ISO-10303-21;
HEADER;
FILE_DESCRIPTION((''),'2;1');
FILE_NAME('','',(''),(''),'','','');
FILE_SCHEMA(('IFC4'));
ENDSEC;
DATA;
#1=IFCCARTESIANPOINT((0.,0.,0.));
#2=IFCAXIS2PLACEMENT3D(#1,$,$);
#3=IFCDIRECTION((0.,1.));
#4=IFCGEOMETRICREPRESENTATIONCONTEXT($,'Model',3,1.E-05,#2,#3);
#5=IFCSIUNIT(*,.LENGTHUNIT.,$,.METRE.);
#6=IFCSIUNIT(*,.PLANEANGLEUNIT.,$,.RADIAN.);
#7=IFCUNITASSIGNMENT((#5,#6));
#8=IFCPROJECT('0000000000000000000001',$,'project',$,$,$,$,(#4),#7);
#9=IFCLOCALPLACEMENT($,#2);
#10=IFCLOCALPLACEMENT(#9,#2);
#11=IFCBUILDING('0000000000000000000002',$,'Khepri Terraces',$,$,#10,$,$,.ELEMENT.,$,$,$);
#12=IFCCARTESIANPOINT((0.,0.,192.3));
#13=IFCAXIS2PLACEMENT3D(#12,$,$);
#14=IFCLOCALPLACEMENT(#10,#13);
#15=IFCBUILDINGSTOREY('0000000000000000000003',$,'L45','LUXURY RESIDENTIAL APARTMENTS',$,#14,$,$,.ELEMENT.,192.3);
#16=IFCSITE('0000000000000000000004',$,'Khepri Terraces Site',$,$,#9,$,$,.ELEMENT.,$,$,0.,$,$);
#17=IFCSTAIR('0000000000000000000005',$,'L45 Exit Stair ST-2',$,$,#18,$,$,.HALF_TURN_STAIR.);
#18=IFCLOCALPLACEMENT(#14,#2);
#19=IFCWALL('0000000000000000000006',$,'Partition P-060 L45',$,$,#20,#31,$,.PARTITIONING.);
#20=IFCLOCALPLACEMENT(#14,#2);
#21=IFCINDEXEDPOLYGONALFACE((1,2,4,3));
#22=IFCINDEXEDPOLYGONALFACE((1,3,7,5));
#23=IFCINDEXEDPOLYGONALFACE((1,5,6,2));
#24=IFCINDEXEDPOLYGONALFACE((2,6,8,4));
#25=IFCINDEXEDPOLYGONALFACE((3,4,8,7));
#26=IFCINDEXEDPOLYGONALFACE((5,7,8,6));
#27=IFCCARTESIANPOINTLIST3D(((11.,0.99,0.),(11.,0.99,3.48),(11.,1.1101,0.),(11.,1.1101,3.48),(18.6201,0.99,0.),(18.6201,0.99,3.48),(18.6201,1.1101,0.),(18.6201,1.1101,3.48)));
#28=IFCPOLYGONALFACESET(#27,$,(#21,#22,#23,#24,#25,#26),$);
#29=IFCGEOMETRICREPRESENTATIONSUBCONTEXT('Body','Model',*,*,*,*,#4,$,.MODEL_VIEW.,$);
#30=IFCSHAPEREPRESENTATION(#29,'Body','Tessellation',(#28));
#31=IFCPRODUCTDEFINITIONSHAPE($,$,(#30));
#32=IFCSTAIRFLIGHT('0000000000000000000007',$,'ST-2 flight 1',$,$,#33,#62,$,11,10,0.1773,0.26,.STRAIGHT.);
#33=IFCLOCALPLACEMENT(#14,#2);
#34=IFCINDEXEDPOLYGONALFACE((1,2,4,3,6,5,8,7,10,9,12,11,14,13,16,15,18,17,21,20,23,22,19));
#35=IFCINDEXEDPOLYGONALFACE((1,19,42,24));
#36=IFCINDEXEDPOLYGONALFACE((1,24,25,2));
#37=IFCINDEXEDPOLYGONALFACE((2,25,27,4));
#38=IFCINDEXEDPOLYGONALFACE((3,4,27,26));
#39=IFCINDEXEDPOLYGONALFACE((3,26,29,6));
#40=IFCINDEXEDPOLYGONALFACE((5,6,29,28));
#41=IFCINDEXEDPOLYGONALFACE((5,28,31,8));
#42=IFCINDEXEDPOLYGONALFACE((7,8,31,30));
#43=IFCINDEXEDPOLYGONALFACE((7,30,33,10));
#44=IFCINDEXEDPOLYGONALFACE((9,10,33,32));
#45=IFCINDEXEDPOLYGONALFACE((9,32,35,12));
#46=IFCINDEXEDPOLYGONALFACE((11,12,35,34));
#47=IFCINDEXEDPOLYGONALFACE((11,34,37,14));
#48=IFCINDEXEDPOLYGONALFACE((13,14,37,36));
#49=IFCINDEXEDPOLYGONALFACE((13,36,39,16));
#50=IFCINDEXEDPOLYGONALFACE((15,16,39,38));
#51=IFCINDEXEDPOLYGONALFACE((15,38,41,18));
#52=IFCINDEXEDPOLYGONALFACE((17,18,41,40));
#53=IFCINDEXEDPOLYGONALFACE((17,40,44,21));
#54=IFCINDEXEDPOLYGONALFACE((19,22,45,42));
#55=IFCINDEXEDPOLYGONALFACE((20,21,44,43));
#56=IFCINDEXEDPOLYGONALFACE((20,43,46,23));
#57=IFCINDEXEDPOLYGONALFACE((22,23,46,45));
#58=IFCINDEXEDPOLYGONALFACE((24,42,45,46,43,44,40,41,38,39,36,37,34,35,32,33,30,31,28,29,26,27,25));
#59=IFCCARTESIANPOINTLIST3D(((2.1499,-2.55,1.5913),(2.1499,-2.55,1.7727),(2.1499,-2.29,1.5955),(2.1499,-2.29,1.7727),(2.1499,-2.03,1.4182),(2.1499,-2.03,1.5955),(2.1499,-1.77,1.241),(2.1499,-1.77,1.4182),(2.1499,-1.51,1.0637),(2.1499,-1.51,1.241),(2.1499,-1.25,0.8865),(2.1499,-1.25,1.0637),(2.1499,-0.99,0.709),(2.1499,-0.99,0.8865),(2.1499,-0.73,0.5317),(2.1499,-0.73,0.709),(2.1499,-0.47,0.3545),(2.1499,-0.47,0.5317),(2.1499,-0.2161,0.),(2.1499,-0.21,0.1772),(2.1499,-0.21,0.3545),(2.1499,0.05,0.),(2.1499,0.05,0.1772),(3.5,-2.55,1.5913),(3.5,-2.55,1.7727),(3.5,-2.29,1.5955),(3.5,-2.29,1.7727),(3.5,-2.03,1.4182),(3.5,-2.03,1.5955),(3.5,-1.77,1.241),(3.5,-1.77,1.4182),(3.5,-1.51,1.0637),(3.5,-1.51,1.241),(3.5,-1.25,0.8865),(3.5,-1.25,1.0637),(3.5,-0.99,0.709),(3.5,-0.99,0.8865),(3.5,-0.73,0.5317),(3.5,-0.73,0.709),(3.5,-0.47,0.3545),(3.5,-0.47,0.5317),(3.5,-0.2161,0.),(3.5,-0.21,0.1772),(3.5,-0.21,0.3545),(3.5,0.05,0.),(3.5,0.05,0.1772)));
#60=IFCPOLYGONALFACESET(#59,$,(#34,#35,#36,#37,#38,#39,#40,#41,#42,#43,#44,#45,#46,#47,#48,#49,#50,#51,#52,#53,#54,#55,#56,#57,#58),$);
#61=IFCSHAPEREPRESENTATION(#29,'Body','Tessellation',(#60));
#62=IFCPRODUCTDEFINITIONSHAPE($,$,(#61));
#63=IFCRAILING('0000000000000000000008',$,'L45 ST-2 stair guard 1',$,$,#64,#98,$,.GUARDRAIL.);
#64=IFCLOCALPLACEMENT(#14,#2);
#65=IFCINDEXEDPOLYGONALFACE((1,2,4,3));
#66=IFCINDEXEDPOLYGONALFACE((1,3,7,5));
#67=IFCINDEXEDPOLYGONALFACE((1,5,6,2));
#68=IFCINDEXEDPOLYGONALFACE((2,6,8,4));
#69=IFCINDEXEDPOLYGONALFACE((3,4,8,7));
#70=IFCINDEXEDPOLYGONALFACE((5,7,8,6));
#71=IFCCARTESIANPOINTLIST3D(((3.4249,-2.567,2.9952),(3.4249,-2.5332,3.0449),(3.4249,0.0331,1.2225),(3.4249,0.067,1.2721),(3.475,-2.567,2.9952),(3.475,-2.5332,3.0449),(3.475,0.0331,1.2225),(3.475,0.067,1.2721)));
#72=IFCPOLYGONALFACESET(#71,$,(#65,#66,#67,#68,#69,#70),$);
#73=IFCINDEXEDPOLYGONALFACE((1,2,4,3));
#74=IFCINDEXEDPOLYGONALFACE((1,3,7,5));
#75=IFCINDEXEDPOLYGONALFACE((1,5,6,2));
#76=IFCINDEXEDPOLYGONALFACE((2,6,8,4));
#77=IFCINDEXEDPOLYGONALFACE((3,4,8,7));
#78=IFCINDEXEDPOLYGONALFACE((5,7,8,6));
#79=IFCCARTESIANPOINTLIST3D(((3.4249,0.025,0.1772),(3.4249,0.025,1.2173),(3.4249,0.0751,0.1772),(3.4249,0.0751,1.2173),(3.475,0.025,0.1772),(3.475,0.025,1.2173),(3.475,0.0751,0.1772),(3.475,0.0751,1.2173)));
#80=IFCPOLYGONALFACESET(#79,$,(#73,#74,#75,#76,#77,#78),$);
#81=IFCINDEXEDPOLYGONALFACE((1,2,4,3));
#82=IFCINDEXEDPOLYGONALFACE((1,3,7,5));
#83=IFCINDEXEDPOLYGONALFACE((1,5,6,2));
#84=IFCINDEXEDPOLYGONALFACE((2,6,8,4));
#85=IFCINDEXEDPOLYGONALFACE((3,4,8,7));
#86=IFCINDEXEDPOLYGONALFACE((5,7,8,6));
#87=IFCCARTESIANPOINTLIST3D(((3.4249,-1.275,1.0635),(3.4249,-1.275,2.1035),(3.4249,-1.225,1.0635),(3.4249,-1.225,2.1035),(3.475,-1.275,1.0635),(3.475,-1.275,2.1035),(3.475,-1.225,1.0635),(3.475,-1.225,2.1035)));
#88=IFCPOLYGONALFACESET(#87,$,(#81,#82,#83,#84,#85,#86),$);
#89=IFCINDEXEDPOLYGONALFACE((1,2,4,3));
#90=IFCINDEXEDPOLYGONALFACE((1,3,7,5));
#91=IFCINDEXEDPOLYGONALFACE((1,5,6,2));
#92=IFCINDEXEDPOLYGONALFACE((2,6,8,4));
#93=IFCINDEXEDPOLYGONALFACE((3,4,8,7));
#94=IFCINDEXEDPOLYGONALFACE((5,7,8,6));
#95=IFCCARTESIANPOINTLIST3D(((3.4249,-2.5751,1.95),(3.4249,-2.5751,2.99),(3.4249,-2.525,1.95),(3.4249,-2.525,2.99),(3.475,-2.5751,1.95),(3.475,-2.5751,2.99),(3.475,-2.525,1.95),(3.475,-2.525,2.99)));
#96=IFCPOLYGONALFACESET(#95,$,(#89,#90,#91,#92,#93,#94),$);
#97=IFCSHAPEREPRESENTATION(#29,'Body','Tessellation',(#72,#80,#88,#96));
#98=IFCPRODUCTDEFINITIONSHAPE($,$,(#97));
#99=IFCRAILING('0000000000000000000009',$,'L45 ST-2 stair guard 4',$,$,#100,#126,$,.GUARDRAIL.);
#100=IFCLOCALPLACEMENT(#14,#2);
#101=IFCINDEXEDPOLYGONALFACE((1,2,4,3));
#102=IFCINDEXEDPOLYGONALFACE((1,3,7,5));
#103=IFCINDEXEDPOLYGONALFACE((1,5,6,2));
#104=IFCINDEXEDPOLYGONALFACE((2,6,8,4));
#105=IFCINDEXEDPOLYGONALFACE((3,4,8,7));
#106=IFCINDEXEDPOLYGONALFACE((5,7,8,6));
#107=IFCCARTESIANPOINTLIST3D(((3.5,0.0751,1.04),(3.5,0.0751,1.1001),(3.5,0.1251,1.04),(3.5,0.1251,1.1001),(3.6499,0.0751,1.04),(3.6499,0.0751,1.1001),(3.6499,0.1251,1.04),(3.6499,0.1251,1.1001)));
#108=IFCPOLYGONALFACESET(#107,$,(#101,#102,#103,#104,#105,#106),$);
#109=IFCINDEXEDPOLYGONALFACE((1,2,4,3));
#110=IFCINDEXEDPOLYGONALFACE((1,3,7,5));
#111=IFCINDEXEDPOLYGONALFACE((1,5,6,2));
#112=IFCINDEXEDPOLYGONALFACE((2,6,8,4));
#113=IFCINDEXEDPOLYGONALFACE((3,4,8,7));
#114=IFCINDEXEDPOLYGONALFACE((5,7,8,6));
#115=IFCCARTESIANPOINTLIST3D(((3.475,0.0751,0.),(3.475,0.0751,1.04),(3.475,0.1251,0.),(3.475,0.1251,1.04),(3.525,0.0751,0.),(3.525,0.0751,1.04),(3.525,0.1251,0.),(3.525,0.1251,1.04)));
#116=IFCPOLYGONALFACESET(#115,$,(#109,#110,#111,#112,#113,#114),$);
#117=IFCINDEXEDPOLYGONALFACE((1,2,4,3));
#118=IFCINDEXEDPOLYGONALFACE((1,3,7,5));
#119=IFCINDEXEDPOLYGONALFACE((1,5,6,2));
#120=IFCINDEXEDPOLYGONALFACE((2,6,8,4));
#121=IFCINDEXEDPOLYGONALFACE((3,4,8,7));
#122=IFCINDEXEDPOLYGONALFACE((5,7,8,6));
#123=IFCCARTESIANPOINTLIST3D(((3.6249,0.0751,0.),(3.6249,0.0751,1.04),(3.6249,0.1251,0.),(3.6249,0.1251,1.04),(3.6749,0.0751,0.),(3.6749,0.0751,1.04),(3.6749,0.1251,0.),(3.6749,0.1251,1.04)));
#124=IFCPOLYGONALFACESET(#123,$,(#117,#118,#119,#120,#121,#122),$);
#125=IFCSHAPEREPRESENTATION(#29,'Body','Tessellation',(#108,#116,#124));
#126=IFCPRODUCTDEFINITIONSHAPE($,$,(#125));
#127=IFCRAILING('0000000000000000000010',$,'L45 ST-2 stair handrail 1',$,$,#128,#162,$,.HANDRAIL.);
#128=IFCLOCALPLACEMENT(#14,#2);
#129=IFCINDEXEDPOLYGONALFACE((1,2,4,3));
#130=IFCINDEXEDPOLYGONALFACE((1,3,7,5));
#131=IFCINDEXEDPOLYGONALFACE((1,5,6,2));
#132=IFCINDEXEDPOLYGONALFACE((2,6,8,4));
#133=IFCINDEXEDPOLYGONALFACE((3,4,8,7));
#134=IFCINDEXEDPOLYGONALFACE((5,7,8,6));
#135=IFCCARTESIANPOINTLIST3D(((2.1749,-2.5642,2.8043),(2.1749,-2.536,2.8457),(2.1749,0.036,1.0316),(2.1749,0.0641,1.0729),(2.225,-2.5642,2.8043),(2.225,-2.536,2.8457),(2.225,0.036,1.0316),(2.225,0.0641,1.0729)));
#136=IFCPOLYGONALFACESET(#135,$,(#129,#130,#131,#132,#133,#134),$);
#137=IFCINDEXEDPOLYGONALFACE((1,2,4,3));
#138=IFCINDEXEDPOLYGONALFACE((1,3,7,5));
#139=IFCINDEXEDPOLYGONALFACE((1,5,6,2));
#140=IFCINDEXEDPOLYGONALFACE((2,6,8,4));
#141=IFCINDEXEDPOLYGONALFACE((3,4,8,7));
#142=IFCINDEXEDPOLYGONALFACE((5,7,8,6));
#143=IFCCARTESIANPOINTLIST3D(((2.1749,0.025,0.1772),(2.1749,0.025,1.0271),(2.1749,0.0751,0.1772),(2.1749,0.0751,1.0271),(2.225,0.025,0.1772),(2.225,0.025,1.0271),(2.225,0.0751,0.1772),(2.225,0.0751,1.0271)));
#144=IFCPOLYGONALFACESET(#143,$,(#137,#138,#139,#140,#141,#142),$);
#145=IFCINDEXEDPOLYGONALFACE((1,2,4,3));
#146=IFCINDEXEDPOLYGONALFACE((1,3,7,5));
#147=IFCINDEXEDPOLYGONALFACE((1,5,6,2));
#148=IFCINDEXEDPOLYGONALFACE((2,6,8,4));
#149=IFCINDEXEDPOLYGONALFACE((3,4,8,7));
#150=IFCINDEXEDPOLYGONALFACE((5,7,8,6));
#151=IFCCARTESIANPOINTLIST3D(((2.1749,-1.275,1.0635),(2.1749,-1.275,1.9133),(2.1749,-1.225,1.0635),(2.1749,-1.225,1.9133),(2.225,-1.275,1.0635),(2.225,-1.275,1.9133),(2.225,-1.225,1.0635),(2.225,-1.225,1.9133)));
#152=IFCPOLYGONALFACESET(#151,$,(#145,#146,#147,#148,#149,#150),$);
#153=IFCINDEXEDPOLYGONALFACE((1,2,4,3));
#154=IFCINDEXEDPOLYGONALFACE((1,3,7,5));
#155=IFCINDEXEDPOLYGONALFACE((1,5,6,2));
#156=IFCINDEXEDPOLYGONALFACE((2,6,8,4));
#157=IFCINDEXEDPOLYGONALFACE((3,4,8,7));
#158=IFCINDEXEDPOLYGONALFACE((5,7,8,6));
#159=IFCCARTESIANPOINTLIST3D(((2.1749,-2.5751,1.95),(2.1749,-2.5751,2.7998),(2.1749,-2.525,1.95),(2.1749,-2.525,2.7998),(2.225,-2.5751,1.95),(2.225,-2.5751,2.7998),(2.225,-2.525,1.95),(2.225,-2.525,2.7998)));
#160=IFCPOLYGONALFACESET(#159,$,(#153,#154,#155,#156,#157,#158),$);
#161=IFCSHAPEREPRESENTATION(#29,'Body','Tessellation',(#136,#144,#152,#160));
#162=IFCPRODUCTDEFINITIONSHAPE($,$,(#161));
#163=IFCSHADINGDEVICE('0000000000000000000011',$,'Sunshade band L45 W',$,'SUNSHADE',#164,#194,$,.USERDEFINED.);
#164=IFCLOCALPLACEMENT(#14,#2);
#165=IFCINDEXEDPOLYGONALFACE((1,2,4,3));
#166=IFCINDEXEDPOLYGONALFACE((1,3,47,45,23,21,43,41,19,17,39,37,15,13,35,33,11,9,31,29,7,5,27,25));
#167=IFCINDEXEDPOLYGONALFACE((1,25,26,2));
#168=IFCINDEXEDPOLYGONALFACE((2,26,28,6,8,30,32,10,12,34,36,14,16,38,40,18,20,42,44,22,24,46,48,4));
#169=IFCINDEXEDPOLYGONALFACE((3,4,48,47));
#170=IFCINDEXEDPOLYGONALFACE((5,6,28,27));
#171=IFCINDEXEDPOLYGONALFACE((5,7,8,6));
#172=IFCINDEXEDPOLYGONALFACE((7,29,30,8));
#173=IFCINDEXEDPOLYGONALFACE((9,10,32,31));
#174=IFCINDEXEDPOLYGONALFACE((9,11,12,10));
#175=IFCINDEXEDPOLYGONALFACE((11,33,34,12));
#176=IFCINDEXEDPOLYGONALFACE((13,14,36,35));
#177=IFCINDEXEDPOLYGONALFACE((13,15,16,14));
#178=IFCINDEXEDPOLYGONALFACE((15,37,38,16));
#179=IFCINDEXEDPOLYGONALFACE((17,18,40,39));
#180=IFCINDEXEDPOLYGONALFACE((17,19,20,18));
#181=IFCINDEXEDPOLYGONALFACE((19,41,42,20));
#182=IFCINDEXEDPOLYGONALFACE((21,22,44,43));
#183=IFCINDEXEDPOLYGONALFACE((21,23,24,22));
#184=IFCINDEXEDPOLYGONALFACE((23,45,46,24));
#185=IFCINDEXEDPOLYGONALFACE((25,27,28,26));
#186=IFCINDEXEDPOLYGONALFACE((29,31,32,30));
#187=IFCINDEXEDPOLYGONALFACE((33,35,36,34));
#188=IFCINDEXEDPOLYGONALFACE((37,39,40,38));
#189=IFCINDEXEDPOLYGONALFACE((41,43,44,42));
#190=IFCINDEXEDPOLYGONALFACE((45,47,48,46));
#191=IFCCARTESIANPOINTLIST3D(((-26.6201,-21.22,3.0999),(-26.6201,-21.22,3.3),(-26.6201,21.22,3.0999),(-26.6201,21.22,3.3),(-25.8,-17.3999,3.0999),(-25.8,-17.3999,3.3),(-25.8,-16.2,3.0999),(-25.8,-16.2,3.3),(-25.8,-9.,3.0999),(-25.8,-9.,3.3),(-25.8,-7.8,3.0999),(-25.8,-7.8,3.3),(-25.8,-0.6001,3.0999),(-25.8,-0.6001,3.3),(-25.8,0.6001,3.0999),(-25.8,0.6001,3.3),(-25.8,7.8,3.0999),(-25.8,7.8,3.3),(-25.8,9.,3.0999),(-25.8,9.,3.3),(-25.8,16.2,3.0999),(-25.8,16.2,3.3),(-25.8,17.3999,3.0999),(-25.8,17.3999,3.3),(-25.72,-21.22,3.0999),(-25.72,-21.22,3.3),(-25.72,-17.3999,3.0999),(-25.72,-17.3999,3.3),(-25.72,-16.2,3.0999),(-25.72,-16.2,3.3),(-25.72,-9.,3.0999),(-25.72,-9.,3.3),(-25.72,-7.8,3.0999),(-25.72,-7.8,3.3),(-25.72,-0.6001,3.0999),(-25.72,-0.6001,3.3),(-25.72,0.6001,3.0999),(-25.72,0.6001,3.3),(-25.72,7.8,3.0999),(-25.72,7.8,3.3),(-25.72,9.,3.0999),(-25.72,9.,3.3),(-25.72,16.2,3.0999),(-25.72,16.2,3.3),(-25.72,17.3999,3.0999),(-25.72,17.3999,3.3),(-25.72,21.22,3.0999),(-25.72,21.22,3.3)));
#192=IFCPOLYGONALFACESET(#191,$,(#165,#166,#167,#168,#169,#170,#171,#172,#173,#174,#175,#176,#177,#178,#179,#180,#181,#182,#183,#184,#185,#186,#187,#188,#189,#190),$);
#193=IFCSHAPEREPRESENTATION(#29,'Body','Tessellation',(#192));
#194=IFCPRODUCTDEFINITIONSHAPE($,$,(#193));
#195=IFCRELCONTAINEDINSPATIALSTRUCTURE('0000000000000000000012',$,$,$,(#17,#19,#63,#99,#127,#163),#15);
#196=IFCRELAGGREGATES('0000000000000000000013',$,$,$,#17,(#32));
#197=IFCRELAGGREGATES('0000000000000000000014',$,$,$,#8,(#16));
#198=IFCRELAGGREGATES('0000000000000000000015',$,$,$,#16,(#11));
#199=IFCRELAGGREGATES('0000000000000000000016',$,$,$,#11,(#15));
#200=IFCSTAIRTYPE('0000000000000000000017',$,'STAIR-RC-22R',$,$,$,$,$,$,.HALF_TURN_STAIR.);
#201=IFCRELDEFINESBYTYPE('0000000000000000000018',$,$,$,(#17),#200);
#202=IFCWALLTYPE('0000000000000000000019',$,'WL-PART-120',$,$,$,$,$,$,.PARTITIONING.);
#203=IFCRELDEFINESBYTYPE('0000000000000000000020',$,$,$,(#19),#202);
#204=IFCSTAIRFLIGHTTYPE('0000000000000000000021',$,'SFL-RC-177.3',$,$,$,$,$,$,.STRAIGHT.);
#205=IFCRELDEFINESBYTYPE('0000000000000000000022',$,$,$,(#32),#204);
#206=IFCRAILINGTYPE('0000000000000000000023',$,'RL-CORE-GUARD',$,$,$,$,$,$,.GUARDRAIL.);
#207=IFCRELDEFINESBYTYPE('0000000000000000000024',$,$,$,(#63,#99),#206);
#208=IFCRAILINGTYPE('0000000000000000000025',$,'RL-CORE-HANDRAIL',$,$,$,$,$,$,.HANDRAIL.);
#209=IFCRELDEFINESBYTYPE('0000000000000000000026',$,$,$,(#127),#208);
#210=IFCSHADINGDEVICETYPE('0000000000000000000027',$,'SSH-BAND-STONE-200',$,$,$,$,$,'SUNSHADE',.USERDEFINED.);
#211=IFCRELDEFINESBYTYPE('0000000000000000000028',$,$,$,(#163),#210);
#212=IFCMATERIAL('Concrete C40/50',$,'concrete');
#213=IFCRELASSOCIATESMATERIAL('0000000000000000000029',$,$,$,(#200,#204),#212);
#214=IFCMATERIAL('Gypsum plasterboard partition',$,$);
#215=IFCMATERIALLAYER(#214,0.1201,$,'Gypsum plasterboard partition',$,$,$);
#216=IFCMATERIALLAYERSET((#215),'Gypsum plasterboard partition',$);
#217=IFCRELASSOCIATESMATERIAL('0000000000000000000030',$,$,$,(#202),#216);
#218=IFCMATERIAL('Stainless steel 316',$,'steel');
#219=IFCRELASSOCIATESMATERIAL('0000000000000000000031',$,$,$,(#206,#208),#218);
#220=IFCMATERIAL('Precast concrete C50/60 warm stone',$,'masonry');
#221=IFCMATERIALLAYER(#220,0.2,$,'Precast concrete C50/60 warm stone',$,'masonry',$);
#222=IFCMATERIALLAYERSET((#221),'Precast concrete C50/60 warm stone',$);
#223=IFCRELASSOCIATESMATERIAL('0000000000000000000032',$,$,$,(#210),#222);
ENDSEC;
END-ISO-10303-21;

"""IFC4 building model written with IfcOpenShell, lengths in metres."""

from ifc_helpers import new_model, si_unit, direction, frame, frame_2d, origin, origin_2d, place, context, subcontext, project, spatial, polyline, rectangle, outline, extrude, material, layer, layer_set, type_object, element, aggregate, save


model = new_model("IFC4")

# Units and contexts
model_context = context("Model", 3, precision=1e-05, world=origin(), true_north=direction((0.0, 1.0)))
body_context = subcontext(model_context, "Body", "Model", "MODEL_VIEW")
ifc_project = project(units=[si_unit("LENGTHUNIT", "METRE"), si_unit("PLANEANGLEUNIT", "RADIAN")], contexts=[model_context])

# Site, building, storey
site_placement = place(None, origin())
site = spatial("IfcSite", under=ifc_project, at=site_placement, Name="Khepri Terraces Site", CompositionType="ELEMENT", RefElevation=0.0)
building_placement = place(site_placement, origin())
building = spatial("IfcBuilding", under=site, at=building_placement, Name="Khepri Terraces", CompositionType="ELEMENT")
storey_placement = place(building_placement, frame((0.0, 0.0, 192.3)))
storey = spatial("IfcBuildingStorey", under=building, at=storey_placement, Name="L45", Description="LUXURY RESIDENTIAL APARTMENTS", CompositionType="ELEMENT", Elevation=192.3)

# Stair
ifc_material_1 = material(Name="Concrete C40/50", Category="concrete")
stair_type = type_object("IfcStairType", Name="STAIR-RC-22R", PredefinedType="HALF_TURN_STAIR", material=ifc_material_1)
stair_1_placement = place(storey_placement, origin())
stair_1 = element("IfcStair", 1, at=stair_1_placement, inside=storey, type_object=stair_type, Name="L45 Exit Stair ST-2", PredefinedType="HALF_TURN_STAIR")

# Wall
ifc_material_2 = material(Name="Gypsum plasterboard partition")
ifc_layer_1 = layer(ifc_material_2, 0.1201, Name="Gypsum plasterboard partition")
ifc_layer_set_1 = layer_set([ifc_layer_1], Name="Gypsum plasterboard partition")
wall_type_1 = type_object("IfcWallType", Name="WL-PART-120", PredefinedType="PARTITIONING", material=ifc_layer_set_1)
wall_1_placement = place(storey_placement, frame((11.0, 1.05, 0.0), z_axis=(0.0, 0.0, 1.0), x_axis=(1.0, 0.0, 0.0)))
element("IfcWall", 2, at=wall_1_placement, inside=storey, type_object=wall_type_1, Name="Partition P-060 L45", PredefinedType="PARTITIONING", context=body_context, shape_type="SweptSolid", body=[
    extrude(rectangle(XDim=7.6201, YDim=0.1201, at=frame_2d((3.8101, 0.0))), origin(), (0.0, 0.0, 1.0), 3.48),
])

# Stair flight
stair_flight_type = type_object("IfcStairFlightType", Name="SFL-RC-177.3", PredefinedType="STRAIGHT", material=ifc_material_1)
stair_flight_placement = place(storey_placement, frame((2.825, 0.05, 0.0), z_axis=(0.0, 0.0, 1.0), x_axis=(0.0, -1.0, 0.0)))
stair_flight = element("IfcStairFlight", 3, at=stair_flight_placement, type_object=stair_flight_type, Name="ST-2 flight 1", NumberOfRisers=11, NumberOfTreads=10, PredefinedType="STRAIGHT", RiserHeight=0.1773, TreadLength=0.26, context=body_context, shape_type="SweptSolid", body=[
    extrude(outline(polyline([(0.0, 0.0), (0.0, 0.1772), (0.26, 0.1772), (0.26, 0.3545), (0.52, 0.3545), (0.52, 0.5317), (0.78, 0.5317), (0.78, 0.709), (1.04, 0.709), (1.04, 0.8865), (1.3, 0.8865), (1.3, 1.0637), (1.5601, 1.0637), (1.5601, 1.241), (1.8201, 1.241), (1.8201, 1.4182), (2.0801, 1.4182), (2.0801, 1.5955), (2.3401, 1.5955), (2.3401, 1.7727), (2.6001, 1.7727), (2.6001, 1.95), (2.6001, 1.5913), (0.2661, 0.0), (0.0, 0.0)])), frame((0.0, 0.675, 0.0), z_axis=(0.0, -1.0, 0.0), x_axis=(1.0, 0.0, 0.0)), (0.0, 0.0, 1.0), 1.3501),
])
aggregate(stair_1, [stair_flight])

# Railings
ifc_material_3 = material(Name="Stainless steel 316", Category="steel")
railing_type_1 = type_object("IfcRailingType", Name="RL-CORE-GUARD", PredefinedType="GUARDRAIL", material=ifc_material_3)
railing_1_placement = place(storey_placement, frame((3.45, 0.05, 0.1772)))
element("IfcRailing", 4, at=railing_1_placement, inside=storey, type_object=railing_type_1, Name="L45 ST-2 stair guard 1", PredefinedType="GUARDRAIL", context=body_context, shape_type="SweptSolid", body=[
    extrude(rectangle(XDim=0.05, YDim=0.0601, at=origin_2d()), frame((0.0, 0.0, 1.0701), z_axis=(0.0, -0.82624, 0.563318), x_axis=(1.0, 0.0, 0.0)), (0.0, 0.0, 1.0), 3.147),
    extrude(rectangle(XDim=0.05, YDim=0.05, at=origin_2d()), origin(), (0.0, 0.0, 1.0), 1.04),
    extrude(rectangle(XDim=0.05, YDim=0.05, at=origin_2d()), frame((0.0, -1.3, 0.8862)), (0.0, 0.0, 1.0), 1.04),
    extrude(rectangle(XDim=0.05, YDim=0.05, at=origin_2d()), frame((0.0, -2.6001, 1.7727)), (0.0, 0.0, 1.0), 1.04),
])
railing_2_placement = place(storey_placement, frame((3.5, 0.1001, 0.0)))
element("IfcRailing", 5, at=railing_2_placement, inside=storey, type_object=railing_type_1, Name="L45 ST-2 stair guard 4", PredefinedType="GUARDRAIL", context=body_context, shape_type="SweptSolid", body=[
    extrude(rectangle(XDim=0.05, YDim=0.0601, at=origin_2d()), frame((0.0, 0.0, 1.0701), z_axis=(1.0, 0.0, 0.0), x_axis=(0.0, 1.0, 0.0)), (0.0, 0.0, 1.0), 0.1499),
    extrude(rectangle(XDim=0.05, YDim=0.05, at=origin_2d()), origin(), (0.0, 0.0, 1.0), 1.04),
    extrude(rectangle(XDim=0.05, YDim=0.05, at=origin_2d()), frame((0.1499, 0.0, 0.0)), (0.0, 0.0, 1.0), 1.04),
])
railing_type_2 = type_object("IfcRailingType", Name="RL-CORE-HANDRAIL", PredefinedType="HANDRAIL", material=ifc_material_3)
railing_3_placement = place(storey_placement, frame((2.2, 0.05, 0.1772)))
element("IfcRailing", 6, at=railing_3_placement, inside=storey, type_object=railing_type_2, Name="L45 ST-2 stair handrail 1", PredefinedType="HANDRAIL", context=body_context, shape_type="SweptSolid", body=[
    extrude(rectangle(XDim=0.05, YDim=0.05, at=origin_2d()), frame((0.0, 0.0, 0.875), z_axis=(0.0, -0.82624, 0.563318), x_axis=(1.0, 0.0, 0.0)), (0.0, 0.0, 1.0), 3.147),
    extrude(rectangle(XDim=0.05, YDim=0.05, at=origin_2d()), origin(), (0.0, 0.0, 1.0), 0.8499),
    extrude(rectangle(XDim=0.05, YDim=0.05, at=origin_2d()), frame((0.0, -1.3, 0.8862)), (0.0, 0.0, 1.0), 0.8499),
    extrude(rectangle(XDim=0.05, YDim=0.05, at=origin_2d()), frame((0.0, -2.6001, 1.7727)), (0.0, 0.0, 1.0), 0.8499),
])

# Shading device
ifc_material_4 = material(Name="Precast concrete C50/60 warm stone", Category="masonry")
ifc_layer_2 = layer(ifc_material_4, 0.2, Name="Precast concrete C50/60 warm stone", Category="masonry")
ifc_layer_set_2 = layer_set([ifc_layer_2], Name="Precast concrete C50/60 warm stone")
shading_device_type = type_object("IfcShadingDeviceType", Name="SSH-BAND-STONE-200", ElementType="SUNSHADE", PredefinedType="USERDEFINED", material=ifc_layer_set_2)
shading_device_placement = place(storey_placement, frame((0.0, 0.0, 3.0999)))
element("IfcShadingDevice", 7, at=shading_device_placement, inside=storey, type_object=shading_device_type, Name="Sunshade band L45 W", ObjectType="SUNSHADE", PredefinedType="USERDEFINED", context=body_context, shape_type="SweptSolid", body=[
    extrude(outline(polyline([(-25.72, 17.3999), (-25.72, 21.22), (-26.6201, 21.22), (-26.6201, -21.22), (-25.72, -21.22), (-25.72, -17.3999), (-25.8, -17.3999), (-25.8, -16.2), (-25.72, -16.2), (-25.72, -9.0), (-25.8, -9.0), (-25.8, -7.8), (-25.72, -7.8), (-25.72, -0.6001), (-25.8, -0.6001), (-25.8, 0.6001), (-25.72, 0.6001), (-25.72, 7.8), (-25.8, 7.8), (-25.8, 9.0), (-25.72, 9.0), (-25.72, 16.2), (-25.8, 16.2), (-25.8, 17.3999), (-25.72, 17.3999)])), origin(), (0.0, 0.0, 1.0), 0.2002),
])

save(model, "model.ifc")
